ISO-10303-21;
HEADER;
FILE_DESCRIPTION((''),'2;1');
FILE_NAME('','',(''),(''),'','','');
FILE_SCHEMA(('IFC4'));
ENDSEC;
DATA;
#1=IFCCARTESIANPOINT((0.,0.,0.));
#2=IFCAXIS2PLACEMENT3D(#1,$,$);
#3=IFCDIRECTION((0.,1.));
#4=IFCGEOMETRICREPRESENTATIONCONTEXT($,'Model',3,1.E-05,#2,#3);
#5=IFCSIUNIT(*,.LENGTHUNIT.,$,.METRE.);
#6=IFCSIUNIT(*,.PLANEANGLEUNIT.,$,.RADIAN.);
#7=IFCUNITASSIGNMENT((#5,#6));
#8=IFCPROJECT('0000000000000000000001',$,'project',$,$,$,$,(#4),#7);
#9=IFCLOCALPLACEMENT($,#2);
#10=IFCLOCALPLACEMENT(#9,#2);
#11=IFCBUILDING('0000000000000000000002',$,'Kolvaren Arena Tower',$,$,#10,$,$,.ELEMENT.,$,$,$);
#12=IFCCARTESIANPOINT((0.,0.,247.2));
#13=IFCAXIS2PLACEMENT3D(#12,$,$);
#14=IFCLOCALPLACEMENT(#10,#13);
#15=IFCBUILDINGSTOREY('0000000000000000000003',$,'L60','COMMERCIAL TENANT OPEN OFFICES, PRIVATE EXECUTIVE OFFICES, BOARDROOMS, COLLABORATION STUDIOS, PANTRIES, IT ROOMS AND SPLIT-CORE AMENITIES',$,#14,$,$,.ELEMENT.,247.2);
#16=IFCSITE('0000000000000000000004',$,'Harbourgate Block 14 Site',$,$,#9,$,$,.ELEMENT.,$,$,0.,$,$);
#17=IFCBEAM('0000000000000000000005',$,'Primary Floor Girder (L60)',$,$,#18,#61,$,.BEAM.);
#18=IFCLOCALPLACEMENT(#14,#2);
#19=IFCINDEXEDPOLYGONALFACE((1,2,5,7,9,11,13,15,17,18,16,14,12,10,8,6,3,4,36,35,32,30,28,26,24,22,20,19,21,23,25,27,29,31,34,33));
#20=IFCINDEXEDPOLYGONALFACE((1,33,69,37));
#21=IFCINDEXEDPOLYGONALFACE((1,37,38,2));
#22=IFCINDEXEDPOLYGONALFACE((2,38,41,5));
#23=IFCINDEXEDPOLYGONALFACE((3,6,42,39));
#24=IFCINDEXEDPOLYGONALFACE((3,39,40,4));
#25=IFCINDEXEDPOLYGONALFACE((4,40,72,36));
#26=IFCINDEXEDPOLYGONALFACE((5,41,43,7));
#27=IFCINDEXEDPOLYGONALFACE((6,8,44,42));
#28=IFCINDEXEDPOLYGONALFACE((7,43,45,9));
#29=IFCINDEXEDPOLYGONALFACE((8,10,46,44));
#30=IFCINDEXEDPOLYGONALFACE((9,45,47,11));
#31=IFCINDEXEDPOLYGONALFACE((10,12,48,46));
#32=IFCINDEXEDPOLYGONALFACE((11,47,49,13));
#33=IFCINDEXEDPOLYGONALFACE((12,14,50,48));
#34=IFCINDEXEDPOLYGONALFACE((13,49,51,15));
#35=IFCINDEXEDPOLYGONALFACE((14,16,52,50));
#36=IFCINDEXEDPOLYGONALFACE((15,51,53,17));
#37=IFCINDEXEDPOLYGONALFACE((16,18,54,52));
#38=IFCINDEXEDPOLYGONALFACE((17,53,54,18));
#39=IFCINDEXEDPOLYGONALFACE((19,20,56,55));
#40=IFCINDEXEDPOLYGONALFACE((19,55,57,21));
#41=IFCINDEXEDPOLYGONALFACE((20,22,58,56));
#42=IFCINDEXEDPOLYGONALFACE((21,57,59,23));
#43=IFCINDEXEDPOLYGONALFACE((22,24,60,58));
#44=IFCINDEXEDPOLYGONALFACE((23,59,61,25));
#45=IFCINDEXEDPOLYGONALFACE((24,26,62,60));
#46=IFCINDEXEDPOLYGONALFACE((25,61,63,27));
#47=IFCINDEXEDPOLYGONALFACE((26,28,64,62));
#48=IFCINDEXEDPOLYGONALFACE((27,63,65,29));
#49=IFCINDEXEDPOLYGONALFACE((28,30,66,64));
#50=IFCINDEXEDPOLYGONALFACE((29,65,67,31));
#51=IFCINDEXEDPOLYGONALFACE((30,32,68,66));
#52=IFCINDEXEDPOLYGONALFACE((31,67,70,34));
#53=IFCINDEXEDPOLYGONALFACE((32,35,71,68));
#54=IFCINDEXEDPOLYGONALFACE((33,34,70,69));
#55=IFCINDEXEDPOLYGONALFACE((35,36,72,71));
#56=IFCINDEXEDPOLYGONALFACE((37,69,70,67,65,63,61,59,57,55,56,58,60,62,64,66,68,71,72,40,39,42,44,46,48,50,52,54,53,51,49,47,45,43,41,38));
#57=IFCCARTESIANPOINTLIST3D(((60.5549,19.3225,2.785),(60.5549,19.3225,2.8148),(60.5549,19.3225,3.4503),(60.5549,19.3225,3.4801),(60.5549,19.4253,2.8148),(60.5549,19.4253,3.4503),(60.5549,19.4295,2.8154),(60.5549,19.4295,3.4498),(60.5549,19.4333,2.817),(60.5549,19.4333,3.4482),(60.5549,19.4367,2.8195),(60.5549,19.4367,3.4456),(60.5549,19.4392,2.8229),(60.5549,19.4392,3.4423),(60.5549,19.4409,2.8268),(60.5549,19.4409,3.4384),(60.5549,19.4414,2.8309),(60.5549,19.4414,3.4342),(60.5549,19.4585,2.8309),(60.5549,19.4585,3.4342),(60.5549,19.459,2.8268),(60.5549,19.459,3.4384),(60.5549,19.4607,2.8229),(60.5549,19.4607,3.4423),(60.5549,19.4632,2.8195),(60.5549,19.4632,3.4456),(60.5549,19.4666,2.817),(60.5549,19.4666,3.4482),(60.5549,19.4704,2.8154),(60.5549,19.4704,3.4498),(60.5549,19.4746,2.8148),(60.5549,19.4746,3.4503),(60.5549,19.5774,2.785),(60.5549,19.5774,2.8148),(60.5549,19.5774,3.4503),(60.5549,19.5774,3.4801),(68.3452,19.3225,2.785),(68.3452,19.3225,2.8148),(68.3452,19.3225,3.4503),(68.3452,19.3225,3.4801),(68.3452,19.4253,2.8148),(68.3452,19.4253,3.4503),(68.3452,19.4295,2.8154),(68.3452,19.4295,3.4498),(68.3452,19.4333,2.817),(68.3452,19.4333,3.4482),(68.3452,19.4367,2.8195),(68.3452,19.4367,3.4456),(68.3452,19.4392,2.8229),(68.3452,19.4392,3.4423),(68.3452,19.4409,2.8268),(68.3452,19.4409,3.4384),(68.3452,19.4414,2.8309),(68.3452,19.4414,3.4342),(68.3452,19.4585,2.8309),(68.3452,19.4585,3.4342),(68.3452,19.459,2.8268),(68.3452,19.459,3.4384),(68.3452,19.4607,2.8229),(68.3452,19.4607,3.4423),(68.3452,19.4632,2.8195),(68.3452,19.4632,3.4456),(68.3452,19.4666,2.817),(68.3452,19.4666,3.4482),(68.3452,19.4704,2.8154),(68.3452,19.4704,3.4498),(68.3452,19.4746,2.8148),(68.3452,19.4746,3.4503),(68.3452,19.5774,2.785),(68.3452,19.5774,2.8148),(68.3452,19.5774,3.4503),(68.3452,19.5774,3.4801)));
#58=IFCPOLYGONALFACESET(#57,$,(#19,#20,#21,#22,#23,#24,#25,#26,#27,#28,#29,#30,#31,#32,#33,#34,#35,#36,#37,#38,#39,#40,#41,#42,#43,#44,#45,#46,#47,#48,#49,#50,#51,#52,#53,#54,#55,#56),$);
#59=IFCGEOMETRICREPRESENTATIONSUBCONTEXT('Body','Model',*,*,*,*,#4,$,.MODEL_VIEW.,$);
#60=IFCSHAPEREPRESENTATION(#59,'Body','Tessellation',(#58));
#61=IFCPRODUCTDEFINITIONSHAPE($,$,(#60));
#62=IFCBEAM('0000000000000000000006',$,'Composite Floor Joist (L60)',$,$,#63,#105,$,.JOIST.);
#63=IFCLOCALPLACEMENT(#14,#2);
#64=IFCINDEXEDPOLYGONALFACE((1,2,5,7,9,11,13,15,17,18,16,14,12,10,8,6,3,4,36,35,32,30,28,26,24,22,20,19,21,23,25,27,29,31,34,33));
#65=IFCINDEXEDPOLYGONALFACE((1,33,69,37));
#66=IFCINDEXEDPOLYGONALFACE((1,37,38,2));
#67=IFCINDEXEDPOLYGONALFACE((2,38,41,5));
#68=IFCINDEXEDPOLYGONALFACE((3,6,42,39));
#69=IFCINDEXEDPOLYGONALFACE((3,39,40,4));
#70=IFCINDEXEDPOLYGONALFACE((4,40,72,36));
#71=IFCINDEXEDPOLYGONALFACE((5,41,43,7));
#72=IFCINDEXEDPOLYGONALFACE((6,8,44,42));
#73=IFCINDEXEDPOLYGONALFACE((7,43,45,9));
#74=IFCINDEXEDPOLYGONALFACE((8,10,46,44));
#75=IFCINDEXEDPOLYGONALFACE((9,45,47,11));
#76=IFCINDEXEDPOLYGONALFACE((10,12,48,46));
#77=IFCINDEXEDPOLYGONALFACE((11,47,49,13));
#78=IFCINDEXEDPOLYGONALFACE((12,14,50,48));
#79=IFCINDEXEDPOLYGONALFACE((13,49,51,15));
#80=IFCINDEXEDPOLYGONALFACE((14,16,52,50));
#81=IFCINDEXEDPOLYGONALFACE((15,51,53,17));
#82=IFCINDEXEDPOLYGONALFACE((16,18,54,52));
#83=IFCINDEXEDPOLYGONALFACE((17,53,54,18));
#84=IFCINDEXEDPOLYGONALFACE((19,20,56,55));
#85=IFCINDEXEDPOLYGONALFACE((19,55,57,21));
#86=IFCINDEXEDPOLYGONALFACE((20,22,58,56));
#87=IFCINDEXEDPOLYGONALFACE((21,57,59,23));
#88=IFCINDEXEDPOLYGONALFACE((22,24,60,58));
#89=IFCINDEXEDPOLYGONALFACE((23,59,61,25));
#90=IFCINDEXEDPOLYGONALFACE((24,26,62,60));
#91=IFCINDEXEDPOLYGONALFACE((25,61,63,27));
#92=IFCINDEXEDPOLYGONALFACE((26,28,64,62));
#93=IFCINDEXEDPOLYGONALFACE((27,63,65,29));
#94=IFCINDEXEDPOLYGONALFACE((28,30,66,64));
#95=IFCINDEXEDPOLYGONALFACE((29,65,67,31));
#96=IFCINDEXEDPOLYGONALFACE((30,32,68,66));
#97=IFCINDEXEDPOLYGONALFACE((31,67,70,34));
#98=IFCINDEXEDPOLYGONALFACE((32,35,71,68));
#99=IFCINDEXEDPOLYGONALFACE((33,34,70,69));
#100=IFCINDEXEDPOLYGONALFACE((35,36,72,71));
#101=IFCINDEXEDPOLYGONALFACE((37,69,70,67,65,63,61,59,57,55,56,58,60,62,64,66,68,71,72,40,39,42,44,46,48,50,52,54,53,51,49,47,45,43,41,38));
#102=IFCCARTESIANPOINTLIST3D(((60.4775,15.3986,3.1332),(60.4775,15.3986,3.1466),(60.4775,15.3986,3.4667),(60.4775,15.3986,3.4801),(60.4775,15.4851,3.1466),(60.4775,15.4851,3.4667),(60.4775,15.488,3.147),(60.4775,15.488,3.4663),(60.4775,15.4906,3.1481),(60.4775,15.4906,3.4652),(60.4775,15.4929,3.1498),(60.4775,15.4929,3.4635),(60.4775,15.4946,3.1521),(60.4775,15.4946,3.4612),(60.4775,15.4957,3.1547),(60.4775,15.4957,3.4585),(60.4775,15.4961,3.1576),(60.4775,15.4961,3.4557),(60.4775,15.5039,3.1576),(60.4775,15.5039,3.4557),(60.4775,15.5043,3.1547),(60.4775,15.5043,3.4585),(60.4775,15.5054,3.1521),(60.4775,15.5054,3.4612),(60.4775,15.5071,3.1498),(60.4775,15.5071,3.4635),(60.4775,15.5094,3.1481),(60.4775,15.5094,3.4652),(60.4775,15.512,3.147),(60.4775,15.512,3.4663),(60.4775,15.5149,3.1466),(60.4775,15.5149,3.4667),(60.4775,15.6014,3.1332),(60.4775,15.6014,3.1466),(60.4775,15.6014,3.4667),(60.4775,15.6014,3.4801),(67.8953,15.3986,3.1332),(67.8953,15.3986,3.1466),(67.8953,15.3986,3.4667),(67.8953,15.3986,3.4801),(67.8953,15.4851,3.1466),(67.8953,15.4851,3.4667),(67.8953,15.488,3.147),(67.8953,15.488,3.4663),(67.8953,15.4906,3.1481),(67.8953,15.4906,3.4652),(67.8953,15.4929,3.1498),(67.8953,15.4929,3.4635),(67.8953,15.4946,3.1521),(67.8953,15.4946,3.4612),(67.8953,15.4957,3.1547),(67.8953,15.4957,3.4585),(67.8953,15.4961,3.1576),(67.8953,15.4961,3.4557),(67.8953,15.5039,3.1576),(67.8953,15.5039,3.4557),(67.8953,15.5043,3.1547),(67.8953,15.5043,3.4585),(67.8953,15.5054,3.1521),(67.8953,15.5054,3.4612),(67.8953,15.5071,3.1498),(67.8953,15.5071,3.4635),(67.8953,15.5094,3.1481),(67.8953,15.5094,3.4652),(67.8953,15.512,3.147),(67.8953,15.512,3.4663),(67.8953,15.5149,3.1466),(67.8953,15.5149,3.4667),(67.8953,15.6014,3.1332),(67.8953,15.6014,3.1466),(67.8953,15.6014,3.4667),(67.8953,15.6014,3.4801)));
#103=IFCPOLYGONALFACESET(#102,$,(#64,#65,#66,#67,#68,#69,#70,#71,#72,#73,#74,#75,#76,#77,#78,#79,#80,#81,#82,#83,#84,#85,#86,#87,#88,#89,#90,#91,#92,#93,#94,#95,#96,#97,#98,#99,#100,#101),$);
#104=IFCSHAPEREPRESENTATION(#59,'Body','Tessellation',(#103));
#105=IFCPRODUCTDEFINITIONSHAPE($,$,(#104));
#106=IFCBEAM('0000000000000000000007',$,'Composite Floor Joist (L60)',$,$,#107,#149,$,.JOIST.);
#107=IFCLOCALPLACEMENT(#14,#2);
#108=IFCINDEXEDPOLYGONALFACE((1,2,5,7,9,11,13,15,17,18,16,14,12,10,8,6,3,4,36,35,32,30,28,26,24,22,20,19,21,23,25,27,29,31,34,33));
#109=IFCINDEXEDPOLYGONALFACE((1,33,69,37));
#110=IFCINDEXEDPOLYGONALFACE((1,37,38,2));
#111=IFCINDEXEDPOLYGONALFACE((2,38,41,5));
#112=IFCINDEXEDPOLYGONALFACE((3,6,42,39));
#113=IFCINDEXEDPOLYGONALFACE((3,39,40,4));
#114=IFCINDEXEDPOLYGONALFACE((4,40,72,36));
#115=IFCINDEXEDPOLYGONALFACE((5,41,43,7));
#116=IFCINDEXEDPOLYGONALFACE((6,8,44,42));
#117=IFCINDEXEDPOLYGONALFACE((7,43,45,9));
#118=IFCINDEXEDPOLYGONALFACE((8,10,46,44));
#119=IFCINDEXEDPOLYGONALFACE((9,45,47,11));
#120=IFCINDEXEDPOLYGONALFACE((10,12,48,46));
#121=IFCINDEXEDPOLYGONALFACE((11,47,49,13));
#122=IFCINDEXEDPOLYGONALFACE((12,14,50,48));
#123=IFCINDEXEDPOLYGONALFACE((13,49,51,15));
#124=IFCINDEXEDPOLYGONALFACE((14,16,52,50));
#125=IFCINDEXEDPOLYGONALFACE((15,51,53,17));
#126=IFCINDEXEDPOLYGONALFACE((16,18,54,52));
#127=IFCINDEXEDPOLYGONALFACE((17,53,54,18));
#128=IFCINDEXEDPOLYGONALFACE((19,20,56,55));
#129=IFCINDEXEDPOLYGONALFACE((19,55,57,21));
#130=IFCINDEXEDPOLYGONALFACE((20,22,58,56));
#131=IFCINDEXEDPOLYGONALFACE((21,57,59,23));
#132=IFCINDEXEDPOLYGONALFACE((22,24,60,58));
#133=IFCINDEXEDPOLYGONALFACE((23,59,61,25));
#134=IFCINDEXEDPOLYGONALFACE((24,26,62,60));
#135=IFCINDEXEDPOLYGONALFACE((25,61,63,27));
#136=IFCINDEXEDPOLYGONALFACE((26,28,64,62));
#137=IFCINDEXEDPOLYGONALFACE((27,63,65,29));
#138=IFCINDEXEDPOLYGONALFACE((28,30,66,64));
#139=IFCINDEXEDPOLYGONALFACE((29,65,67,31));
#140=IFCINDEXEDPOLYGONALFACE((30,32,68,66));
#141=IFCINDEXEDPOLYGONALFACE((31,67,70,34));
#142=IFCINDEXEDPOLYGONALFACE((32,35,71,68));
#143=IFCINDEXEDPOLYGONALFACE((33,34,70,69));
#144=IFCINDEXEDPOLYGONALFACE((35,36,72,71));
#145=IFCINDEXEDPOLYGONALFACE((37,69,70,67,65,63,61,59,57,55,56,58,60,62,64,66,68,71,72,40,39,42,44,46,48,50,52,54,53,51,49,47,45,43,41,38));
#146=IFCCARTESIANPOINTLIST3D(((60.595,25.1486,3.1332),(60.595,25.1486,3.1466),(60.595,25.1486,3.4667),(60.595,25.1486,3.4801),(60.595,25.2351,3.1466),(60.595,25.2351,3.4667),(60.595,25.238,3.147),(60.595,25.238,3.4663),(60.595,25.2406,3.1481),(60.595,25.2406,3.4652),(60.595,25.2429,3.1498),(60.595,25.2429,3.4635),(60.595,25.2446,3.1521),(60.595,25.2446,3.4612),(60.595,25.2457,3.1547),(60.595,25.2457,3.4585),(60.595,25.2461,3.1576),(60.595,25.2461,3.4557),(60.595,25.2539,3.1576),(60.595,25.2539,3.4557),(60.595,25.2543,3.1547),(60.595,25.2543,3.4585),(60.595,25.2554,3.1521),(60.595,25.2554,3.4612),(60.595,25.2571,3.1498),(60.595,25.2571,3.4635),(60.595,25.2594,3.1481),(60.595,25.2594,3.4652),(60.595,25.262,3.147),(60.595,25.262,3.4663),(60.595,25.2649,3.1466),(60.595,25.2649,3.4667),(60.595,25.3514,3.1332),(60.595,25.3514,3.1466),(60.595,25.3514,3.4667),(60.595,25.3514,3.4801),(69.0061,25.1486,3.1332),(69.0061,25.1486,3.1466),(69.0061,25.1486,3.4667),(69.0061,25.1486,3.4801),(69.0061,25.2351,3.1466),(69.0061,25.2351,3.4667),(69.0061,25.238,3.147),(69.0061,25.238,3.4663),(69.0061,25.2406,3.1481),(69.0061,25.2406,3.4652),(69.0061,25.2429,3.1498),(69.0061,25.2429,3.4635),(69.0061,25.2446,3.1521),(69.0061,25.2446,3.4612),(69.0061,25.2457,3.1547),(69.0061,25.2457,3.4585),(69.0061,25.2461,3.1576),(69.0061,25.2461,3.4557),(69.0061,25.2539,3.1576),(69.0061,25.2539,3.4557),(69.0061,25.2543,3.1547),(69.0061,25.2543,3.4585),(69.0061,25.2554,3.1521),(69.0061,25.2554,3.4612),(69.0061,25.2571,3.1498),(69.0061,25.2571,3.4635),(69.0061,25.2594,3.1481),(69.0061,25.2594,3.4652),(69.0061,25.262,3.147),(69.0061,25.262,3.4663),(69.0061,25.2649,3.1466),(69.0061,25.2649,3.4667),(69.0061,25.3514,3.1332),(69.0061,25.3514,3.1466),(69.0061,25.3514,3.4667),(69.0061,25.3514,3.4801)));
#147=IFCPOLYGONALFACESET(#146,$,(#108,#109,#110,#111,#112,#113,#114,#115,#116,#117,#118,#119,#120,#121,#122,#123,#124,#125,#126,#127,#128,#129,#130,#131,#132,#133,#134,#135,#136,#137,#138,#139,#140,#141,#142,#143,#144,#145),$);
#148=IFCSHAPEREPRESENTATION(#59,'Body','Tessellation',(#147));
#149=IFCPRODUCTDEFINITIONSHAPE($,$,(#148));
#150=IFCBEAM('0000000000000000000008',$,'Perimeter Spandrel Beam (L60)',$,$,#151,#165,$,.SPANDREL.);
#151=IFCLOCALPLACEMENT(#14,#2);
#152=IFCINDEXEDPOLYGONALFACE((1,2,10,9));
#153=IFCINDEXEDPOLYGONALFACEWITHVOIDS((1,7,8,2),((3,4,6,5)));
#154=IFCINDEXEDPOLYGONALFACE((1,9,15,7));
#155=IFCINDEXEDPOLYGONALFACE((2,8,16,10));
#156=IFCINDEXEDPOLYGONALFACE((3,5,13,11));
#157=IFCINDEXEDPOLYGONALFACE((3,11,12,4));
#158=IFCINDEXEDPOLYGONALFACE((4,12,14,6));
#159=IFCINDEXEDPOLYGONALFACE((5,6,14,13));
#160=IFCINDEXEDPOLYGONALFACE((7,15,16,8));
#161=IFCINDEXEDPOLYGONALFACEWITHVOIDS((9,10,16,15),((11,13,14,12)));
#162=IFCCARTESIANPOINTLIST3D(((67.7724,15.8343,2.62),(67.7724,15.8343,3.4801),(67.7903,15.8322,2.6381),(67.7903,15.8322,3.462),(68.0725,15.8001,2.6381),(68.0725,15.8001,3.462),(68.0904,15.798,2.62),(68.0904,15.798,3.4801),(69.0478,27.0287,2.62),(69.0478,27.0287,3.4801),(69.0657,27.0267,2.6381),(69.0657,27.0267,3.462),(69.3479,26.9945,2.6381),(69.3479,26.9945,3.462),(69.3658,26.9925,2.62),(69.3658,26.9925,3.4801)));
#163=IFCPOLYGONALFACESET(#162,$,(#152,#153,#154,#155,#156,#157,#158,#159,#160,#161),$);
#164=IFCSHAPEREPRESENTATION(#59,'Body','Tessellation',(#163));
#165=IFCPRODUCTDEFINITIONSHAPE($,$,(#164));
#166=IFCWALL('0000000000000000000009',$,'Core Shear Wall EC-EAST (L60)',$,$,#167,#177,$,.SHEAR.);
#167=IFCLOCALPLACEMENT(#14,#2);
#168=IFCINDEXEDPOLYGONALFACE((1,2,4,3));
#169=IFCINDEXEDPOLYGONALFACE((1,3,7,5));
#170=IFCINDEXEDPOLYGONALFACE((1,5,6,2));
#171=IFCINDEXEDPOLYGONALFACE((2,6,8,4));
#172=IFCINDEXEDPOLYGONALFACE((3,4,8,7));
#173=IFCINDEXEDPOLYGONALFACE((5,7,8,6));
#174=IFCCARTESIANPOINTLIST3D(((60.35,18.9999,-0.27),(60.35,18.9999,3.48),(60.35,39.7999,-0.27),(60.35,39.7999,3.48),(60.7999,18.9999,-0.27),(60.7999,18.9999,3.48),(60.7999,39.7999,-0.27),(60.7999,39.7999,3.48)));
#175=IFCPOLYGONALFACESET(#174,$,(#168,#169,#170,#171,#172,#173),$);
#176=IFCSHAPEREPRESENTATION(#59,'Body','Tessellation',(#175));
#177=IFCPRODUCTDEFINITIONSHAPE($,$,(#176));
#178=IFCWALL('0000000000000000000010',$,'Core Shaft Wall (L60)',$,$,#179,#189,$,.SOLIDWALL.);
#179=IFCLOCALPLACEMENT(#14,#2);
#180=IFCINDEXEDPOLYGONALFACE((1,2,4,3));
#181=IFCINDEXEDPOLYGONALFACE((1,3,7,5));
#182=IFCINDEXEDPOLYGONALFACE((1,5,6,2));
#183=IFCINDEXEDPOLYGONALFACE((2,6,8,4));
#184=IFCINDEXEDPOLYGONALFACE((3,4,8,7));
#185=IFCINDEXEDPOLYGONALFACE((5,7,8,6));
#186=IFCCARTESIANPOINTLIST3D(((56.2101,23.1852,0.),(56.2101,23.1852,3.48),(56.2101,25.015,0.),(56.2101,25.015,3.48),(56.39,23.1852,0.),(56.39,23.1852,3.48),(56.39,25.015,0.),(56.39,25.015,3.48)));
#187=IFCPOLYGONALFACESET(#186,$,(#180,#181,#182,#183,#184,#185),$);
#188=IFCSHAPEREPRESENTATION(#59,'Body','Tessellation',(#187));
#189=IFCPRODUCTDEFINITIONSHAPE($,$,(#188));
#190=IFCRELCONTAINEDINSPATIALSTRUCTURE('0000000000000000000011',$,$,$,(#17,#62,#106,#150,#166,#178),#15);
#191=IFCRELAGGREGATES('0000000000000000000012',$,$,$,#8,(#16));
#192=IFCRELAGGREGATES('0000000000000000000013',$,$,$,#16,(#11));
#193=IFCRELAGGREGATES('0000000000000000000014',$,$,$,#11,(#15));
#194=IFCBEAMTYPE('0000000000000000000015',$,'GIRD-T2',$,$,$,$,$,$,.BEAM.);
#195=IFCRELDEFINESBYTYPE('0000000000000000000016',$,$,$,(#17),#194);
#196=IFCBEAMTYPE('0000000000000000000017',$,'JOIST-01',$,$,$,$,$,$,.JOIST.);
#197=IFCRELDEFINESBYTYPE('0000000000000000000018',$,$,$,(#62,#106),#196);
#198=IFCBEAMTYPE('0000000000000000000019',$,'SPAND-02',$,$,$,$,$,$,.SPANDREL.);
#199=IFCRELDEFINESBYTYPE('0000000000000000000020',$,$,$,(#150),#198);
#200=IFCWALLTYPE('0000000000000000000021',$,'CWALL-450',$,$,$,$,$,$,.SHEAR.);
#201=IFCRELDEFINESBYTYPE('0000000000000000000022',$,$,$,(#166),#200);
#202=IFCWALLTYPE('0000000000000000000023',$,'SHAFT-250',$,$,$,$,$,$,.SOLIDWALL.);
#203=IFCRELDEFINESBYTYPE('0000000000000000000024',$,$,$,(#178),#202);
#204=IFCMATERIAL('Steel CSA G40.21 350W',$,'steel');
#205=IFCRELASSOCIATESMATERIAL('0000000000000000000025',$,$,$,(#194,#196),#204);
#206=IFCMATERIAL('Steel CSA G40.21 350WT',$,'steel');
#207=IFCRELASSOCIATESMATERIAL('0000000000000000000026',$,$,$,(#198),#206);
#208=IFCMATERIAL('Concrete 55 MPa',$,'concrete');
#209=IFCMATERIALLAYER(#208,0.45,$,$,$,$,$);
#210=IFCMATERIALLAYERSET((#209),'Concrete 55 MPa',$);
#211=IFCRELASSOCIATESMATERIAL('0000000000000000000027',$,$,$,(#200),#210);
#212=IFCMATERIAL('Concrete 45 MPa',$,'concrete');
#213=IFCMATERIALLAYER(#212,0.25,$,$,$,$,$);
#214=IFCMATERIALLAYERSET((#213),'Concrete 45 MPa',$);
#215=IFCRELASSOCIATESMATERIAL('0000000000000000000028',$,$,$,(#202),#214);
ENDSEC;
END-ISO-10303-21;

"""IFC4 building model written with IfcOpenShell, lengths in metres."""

from ifc_helpers import new_model, si_unit, direction, frame, frame_2d, origin, origin_2d, place, context, subcontext, project, spatial, rectangle, hollow_rectangle, i_section, extrude, material, layer, layer_set, material_profile, profile_set, type_object, element, save


model = new_model("IFC4")

# Units and contexts
model_context = context("Model", 3, precision=1e-05, world=origin(), true_north=direction((0.0, 1.0)))
body_context = subcontext(model_context, "Body", "Model", "MODEL_VIEW")
ifc_project = project(units=[si_unit("LENGTHUNIT", "METRE"), si_unit("PLANEANGLEUNIT", "RADIAN")], contexts=[model_context])

# Site, building, storey
site_placement = place(None, origin())
site = spatial("IfcSite", under=ifc_project, at=site_placement, Name="Harbourgate Block 14 Site", CompositionType="ELEMENT", RefElevation=0.0)
building_placement = place(site_placement, origin())
building = spatial("IfcBuilding", under=site, at=building_placement, Name="Kolvaren Arena Tower", CompositionType="ELEMENT")
storey_placement = place(building_placement, frame((0.0, 0.0, 247.2)))
storey = spatial("IfcBuildingStorey", under=building, at=storey_placement, Name="L60", Description="COMMERCIAL TENANT OPEN OFFICES, PRIVATE EXECUTIVE OFFICES, BOARDROOMS, COLLABORATION STUDIOS, PANTRIES, IT ROOMS AND SPLIT-CORE AMENITIES", CompositionType="ELEMENT", Elevation=247.2)

# Beams
ifc_material_1 = material(Name="Steel CSA G40.21 350W", Category="steel")
ifc_material_profile_1 = material_profile(ifc_material_1, i_section(OverallWidth=0.2549, OverallDepth=0.6951, WebThickness=0.0171, FlangeThickness=0.0298, FilletRadius=0.0161, at=origin_2d()), Name="W690x217")
ifc_profile_set_1 = profile_set([ifc_material_profile_1], Name="Steel CSA G40.21 350W")
beam_type_1 = type_object("IfcBeamType", Name="GIRD-T2", PredefinedType="BEAM", material=ifc_profile_set_1)
beam_1_placement = place(storey_placement, frame((60.5549, 19.45, 3.1326), z_axis=(1.0, 0.0, 0.0), x_axis=(0.0, 1.0, 0.0)))
element("IfcBeam", 1, at=beam_1_placement, inside=storey, type_object=beam_type_1, Name="Primary Floor Girder (L60)", PredefinedType="BEAM", context=body_context, shape_type="SweptSolid", body=[
    extrude(i_section(OverallWidth=0.2549, OverallDepth=0.6951, WebThickness=0.0171, FlangeThickness=0.0298, FilletRadius=0.0161, at=origin_2d()), origin(), (0.0, 0.0, 1.0), 7.7903),
])
ifc_material_profile_2 = material_profile(ifc_material_1, i_section(OverallWidth=0.2029, OverallDepth=0.3469, WebThickness=0.0078, FlangeThickness=0.0134, FilletRadius=0.011, at=origin_2d()), Name="W360x64")
ifc_profile_set_2 = profile_set([ifc_material_profile_2], Name="Steel CSA G40.21 350W")
beam_type_2 = type_object("IfcBeamType", Name="JOIST-01", PredefinedType="JOIST", material=ifc_profile_set_2)
beam_2_placement = place(storey_placement, frame((60.4775, 15.5, 3.3066), z_axis=(1.0, 0.0, 0.0), x_axis=(0.0, 1.0, 0.0)))
element("IfcBeam", 2, at=beam_2_placement, inside=storey, type_object=beam_type_2, Name="Composite Floor Joist (L60)", PredefinedType="JOIST", context=body_context, shape_type="SweptSolid", body=[
    extrude(i_section(OverallWidth=0.2029, OverallDepth=0.3469, WebThickness=0.0078, FlangeThickness=0.0134, FilletRadius=0.011, at=origin_2d()), origin(), (0.0, 0.0, 1.0), 7.4177),
])
beam_3_placement = place(storey_placement, frame((60.595, 25.25, 3.3066), z_axis=(1.0, 0.0, 0.0), x_axis=(0.0, 1.0, 0.0)))
element("IfcBeam", 3, at=beam_3_placement, inside=storey, type_object=beam_type_2, Name="Composite Floor Joist (L60)", PredefinedType="JOIST", context=body_context, shape_type="SweptSolid", body=[
    extrude(i_section(OverallWidth=0.2029, OverallDepth=0.3469, WebThickness=0.0078, FlangeThickness=0.0134, FilletRadius=0.011, at=origin_2d()), origin(), (0.0, 0.0, 1.0), 8.4111),
])
ifc_material_2 = material(Name="Steel CSA G40.21 350WT", Category="steel")
ifc_material_profile_3 = material_profile(ifc_material_2, hollow_rectangle(XDim=0.3201, YDim=0.8601, WallThickness=0.0181, at=origin_2d()), Name="HSS 860x320x18")
ifc_profile_set_3 = profile_set([ifc_material_profile_3], Name="Steel CSA G40.21 350WT")
beam_type_3 = type_object("IfcBeamType", Name="SPAND-02", PredefinedType="SPANDREL", material=ifc_profile_set_3)
beam_4_placement = place(storey_placement, frame((67.9314, 15.8162, 3.05), z_axis=(0.113199, 0.993572, 0.0), x_axis=(-0.993572, 0.113199, 0.0)))
element("IfcBeam", 4, at=beam_4_placement, inside=storey, type_object=beam_type_3, Name="Perimeter Spandrel Beam (L60)", PredefinedType="SPANDREL", context=body_context, shape_type="SweptSolid", body=[
    extrude(hollow_rectangle(XDim=0.3201, YDim=0.8601, WallThickness=0.0181, at=origin_2d()), origin(), (0.0, 0.0, 1.0), 11.2668),
])

# Walls
ifc_material_3 = material(Name="Concrete 55 MPa", Category="concrete")
ifc_layer_1 = layer(ifc_material_3, 0.45)
ifc_layer_set_1 = layer_set([ifc_layer_1], Name="Concrete 55 MPa")
wall_type_1 = type_object("IfcWallType", Name="CWALL-450", PredefinedType="SHEAR", material=ifc_layer_set_1)
wall_1_placement = place(storey_placement, frame((60.575, 19.0, -0.27), z_axis=(0.0, 0.0, 1.0), x_axis=(0.0, 1.0, 0.0)))
element("IfcWall", 5, at=wall_1_placement, inside=storey, type_object=wall_type_1, Name="Core Shear Wall EC-EAST (L60)", PredefinedType="SHEAR", context=body_context, shape_type="SweptSolid", body=[
    extrude(rectangle(XDim=20.8, YDim=0.45, at=frame_2d((10.3999, 0.0))), origin(), (0.0, 0.0, 1.0), 3.75),
])
ifc_material_4 = material(Name="Concrete 45 MPa", Category="concrete")
ifc_layer_2 = layer(ifc_material_4, 0.25)
ifc_layer_set_2 = layer_set([ifc_layer_2], Name="Concrete 45 MPa")
wall_type_2 = type_object("IfcWallType", Name="SHAFT-250", PredefinedType="SOLIDWALL", material=ifc_layer_set_2)
wall_2_placement = place(storey_placement, frame((56.3, 23.1851, 0.0), z_axis=(0.0, 0.0, 1.0), x_axis=(0.0, 1.0, 0.0)))
element("IfcWall", 6, at=wall_2_placement, inside=storey, type_object=wall_type_2, Name="Core Shaft Wall (L60)", PredefinedType="SOLIDWALL", context=body_context, shape_type="SweptSolid", body=[
    extrude(rectangle(XDim=1.8298, YDim=0.1799, at=frame_2d((0.915, 0.0))), origin(), (0.0, 0.0, 1.0), 3.48),
])

save(model, "model.ifc")
